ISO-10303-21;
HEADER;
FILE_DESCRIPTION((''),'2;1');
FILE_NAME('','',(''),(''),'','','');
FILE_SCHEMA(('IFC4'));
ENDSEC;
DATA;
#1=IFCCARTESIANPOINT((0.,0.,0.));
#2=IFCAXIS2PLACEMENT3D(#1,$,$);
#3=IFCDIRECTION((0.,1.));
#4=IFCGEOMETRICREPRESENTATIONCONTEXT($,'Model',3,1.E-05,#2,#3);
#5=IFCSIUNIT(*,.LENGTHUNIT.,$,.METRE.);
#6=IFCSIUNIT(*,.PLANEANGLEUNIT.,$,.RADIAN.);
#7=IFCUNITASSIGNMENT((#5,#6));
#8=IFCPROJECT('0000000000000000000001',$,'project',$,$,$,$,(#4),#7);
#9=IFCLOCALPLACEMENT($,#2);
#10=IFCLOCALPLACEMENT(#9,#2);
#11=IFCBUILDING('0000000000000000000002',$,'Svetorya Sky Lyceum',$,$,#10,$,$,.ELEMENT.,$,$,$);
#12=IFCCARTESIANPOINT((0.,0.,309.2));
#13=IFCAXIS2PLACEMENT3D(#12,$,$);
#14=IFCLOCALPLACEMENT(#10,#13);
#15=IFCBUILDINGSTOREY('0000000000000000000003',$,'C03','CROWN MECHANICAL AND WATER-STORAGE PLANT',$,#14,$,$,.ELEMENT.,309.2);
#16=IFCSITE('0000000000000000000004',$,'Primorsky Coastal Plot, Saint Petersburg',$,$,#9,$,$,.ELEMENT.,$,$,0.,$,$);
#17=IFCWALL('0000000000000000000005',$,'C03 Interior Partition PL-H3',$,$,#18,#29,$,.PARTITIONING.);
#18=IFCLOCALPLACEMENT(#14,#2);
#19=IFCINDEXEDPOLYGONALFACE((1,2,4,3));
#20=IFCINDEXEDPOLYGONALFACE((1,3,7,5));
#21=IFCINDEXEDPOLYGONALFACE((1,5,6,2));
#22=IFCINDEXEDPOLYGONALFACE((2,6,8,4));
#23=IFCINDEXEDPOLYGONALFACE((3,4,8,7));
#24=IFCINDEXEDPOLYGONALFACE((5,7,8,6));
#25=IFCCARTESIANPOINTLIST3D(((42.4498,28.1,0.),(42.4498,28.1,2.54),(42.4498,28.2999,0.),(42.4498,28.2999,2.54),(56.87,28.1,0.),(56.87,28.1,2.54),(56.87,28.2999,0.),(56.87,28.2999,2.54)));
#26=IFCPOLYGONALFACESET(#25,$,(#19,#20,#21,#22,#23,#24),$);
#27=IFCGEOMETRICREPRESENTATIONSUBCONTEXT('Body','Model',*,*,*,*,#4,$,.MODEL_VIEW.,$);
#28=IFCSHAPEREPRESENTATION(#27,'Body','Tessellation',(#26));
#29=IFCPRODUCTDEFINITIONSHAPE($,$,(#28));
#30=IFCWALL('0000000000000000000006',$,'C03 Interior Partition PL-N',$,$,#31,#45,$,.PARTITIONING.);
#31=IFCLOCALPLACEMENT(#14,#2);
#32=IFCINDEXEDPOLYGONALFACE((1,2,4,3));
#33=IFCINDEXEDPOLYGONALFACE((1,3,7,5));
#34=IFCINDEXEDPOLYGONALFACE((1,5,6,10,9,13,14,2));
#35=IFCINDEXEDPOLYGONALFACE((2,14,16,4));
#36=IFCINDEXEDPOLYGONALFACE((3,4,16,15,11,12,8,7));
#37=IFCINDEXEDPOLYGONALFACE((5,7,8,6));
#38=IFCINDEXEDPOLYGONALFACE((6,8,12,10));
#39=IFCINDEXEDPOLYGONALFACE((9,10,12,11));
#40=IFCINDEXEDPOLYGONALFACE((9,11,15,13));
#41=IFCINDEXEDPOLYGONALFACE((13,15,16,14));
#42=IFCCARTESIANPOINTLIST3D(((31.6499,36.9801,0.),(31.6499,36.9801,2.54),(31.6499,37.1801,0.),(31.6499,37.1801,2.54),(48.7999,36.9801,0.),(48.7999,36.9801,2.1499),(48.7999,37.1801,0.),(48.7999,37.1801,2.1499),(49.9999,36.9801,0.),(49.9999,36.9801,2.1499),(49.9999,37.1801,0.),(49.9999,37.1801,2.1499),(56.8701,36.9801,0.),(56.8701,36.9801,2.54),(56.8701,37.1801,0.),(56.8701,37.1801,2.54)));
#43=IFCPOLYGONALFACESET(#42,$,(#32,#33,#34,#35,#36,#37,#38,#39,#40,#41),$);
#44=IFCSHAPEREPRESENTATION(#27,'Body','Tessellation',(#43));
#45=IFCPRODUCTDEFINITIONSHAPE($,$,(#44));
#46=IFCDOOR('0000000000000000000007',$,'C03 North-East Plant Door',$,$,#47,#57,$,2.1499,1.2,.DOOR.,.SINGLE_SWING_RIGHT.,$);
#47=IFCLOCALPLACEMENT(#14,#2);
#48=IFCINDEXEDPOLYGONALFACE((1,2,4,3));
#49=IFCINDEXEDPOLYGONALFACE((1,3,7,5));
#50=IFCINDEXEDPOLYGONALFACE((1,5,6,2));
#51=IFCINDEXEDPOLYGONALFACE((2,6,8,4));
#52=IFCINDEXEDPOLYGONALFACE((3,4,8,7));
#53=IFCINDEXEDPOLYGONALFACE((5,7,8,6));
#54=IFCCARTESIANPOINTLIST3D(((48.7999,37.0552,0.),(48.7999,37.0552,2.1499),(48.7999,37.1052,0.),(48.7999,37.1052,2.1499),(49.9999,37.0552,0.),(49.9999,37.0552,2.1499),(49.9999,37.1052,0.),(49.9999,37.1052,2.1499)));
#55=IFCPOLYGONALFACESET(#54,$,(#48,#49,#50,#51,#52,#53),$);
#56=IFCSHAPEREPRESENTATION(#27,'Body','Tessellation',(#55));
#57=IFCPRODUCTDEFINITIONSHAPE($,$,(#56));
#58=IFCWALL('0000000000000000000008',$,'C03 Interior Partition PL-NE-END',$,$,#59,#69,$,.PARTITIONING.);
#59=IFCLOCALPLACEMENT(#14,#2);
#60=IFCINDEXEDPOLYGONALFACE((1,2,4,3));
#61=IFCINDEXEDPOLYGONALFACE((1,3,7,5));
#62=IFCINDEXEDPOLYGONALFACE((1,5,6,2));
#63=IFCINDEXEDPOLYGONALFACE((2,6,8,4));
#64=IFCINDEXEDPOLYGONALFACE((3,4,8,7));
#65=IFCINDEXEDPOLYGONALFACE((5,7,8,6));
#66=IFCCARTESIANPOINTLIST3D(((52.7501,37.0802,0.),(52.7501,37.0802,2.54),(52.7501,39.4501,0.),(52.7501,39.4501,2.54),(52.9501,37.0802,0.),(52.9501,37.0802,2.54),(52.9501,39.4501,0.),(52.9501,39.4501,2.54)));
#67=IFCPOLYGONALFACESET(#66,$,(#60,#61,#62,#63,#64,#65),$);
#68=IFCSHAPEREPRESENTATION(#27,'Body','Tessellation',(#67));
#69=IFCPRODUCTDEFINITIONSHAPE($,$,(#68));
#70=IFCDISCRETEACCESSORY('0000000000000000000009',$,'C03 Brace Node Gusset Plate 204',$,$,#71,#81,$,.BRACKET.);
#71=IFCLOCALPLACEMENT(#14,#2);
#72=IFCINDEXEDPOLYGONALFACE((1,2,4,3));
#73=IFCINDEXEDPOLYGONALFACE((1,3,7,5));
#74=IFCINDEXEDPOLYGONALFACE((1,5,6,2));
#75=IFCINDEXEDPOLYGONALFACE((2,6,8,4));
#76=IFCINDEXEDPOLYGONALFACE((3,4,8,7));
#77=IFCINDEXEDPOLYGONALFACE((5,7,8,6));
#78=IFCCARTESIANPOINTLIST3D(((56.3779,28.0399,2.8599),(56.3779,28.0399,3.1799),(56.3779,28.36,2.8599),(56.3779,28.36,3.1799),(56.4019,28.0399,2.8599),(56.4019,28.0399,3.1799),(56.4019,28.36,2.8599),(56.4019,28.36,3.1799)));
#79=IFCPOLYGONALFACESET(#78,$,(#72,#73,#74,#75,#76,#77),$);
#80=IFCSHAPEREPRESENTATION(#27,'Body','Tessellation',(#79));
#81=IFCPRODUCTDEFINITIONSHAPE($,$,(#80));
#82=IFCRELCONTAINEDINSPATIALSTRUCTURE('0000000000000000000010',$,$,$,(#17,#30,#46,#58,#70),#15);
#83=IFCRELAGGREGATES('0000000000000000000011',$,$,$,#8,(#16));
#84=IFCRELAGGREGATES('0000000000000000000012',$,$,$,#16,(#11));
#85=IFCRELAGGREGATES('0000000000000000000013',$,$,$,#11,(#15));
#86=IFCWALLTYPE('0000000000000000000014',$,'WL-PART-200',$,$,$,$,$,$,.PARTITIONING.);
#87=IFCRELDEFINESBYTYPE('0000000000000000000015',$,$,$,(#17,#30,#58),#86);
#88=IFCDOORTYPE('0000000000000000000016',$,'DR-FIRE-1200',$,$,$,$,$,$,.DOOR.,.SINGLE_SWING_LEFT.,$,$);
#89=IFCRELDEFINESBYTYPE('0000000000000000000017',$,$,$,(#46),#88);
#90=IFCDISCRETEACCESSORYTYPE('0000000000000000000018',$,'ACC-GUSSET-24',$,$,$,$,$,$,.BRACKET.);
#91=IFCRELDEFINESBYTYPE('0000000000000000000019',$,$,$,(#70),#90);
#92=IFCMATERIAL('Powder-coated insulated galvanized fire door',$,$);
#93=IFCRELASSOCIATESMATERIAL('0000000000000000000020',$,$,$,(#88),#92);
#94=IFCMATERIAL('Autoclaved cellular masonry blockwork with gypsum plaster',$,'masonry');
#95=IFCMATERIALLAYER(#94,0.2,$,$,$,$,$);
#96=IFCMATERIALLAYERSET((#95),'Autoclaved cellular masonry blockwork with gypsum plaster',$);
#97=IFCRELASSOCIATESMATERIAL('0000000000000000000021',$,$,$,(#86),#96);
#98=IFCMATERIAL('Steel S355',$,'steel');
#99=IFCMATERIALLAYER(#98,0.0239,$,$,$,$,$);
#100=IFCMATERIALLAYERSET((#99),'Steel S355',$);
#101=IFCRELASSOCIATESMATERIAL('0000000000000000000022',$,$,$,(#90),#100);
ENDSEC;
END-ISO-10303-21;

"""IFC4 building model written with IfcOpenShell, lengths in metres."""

from ifc_helpers import new_model, si_unit, direction, frame, frame_2d, origin, origin_2d, place, context, subcontext, project, spatial, rectangle, extrude, material, layer, layer_set, type_object, element, fill, save


model = new_model("IFC4")

# Units and contexts
model_context = context("Model", 3, precision=1e-05, world=origin(), true_north=direction((0.0, 1.0)))
body_context = subcontext(model_context, "Body", "Model", "MODEL_VIEW")
ifc_project = project(units=[si_unit("LENGTHUNIT", "METRE"), si_unit("PLANEANGLEUNIT", "RADIAN")], contexts=[model_context])

# Site, building, storey
site_placement = place(None, origin())
site = spatial("IfcSite", under=ifc_project, at=site_placement, Name="Primorsky Coastal Plot, Saint Petersburg", CompositionType="ELEMENT", RefElevation=0.0)
building_placement = place(site_placement, origin())
building = spatial("IfcBuilding", under=site, at=building_placement, Name="Svetorya Sky Lyceum", CompositionType="ELEMENT")
storey_placement = place(building_placement, frame((0.0, 0.0, 309.2)))
storey = spatial("IfcBuildingStorey", under=building, at=storey_placement, Name="C03", Description="CROWN MECHANICAL AND WATER-STORAGE PLANT", CompositionType="ELEMENT", Elevation=309.2)

# Shared definitions
ifc_material_1 = material(Name="Steel S355", Category="steel")

# Shared definitions
ifc_material_2 = material(Name="Powder-coated insulated galvanized fire door")
door_type_1 = type_object("IfcDoorType", Name="DR-FIRE-1200", OperationType="SINGLE_SWING_LEFT", PredefinedType="DOOR", material=ifc_material_2)

# Wall
ifc_material_3 = material(Name="Autoclaved cellular masonry blockwork with gypsum plaster", Category="masonry")
ifc_layer_1 = layer(ifc_material_3, 0.2)
ifc_layer_set_1 = layer_set([ifc_layer_1], Name="Autoclaved cellular masonry blockwork with gypsum plaster")
wall_type_1 = type_object("IfcWallType", Name="WL-PART-200", PredefinedType="PARTITIONING", material=ifc_layer_set_1)
wall_1_placement = place(storey_placement, frame((42.45, 28.2, 0.0), z_axis=(0.0, 0.0, 1.0), x_axis=(1.0, 0.0, 0.0)))
element("IfcWall", 1, at=wall_1_placement, inside=storey, type_object=wall_type_1, Name="C03 Interior Partition PL-H3", PredefinedType="PARTITIONING", context=body_context, shape_type="SweptSolid", body=[
    extrude(rectangle(XDim=14.4202, YDim=0.2, at=frame_2d((7.21, 0.0))), origin(), (0.0, 0.0, 1.0), 2.54),
])

# Wall, opening, door
wall_2_placement = place(storey_placement, frame((56.8701, 37.0801, 0.0), z_axis=(0.0, 0.0, 1.0), x_axis=(-1.0, 0.0, 0.0)))
wall_2 = element("IfcWall", 2, at=wall_2_placement, inside=storey, type_object=wall_type_1, Name="C03 Interior Partition PL-N", PredefinedType="PARTITIONING", context=body_context, shape_type="SweptSolid", body=[
    extrude(rectangle(XDim=25.2202, YDim=0.2, at=frame_2d((12.6101, 0.0))), origin(), (0.0, 0.0, 1.0), 2.54),
])
opening_1_placement = place(wall_2_placement, frame((6.8701, 0.0, 0.0)))
opening_1 = element("IfcOpeningElement", 3, at=opening_1_placement, cuts=wall_2, PredefinedType="OPENING", context=body_context, shape_type="SweptSolid", body=[
    extrude(rectangle(XDim=1.2, YDim=2.1499, at=frame_2d((0.6001, 1.075))), frame((0.0, 0.1099, 0.0), z_axis=(0.0, -1.0, 0.0), x_axis=(1.0, 0.0, 0.0)), (0.0, 0.0, 1.0), 0.22),
])
door_1_placement = place(opening_1_placement, origin())
door_1 = element("IfcDoor", 4, at=door_1_placement, inside=storey, type_object=door_type_1, Name="C03 North-East Plant Door", OperationType="SINGLE_SWING_RIGHT", OverallHeight=2.1499, OverallWidth=1.2, PredefinedType="DOOR", context=body_context, shape_type="SweptSolid", body=[
    extrude(rectangle(XDim=1.2, YDim=2.1499, at=frame_2d((0.6001, 1.075))), frame((0.0, 0.0249, 0.0), z_axis=(0.0, -1.0, 0.0), x_axis=(1.0, 0.0, 0.0)), (0.0, 0.0, 1.0), 0.05),
])
fill(opening_1, door_1)

# Wall
wall_3_placement = place(storey_placement, frame((52.8501, 37.0801, 0.0), z_axis=(0.0, 0.0, 1.0), x_axis=(0.0, 1.0, 0.0)))
element("IfcWall", 5, at=wall_3_placement, inside=storey, type_object=wall_type_1, Name="C03 Interior Partition PL-NE-END", PredefinedType="PARTITIONING", context=body_context, shape_type="SweptSolid", body=[
    extrude(rectangle(XDim=2.3699, YDim=0.2, at=frame_2d((1.1851, 0.0))), origin(), (0.0, 0.0, 1.0), 2.54),
])

# Discrete accessory
ifc_layer_2 = layer(ifc_material_1, 0.0239)
ifc_layer_set_2 = layer_set([ifc_layer_2], Name="Steel S355")
discrete_accessory_type = type_object("IfcDiscreteAccessoryType", Name="ACC-GUSSET-24", PredefinedType="BRACKET", material=ifc_layer_set_2)
discrete_accessory_placement = place(storey_placement, frame((56.3899, 28.2, 2.8599), z_axis=(0.0, 0.0, 1.0), x_axis=(1.0, 0.0, 0.0)))
element("IfcDiscreteAccessory", 6, at=discrete_accessory_placement, inside=storey, type_object=discrete_accessory_type, Name="C03 Brace Node Gusset Plate 204", PredefinedType="BRACKET", context=body_context, shape_type="SweptSolid", body=[
    extrude(rectangle(XDim=0.0239, YDim=0.3201, at=origin_2d()), origin(), (0.0, 0.0, 1.0), 0.3201),
])

save(model, "model.ifc")
